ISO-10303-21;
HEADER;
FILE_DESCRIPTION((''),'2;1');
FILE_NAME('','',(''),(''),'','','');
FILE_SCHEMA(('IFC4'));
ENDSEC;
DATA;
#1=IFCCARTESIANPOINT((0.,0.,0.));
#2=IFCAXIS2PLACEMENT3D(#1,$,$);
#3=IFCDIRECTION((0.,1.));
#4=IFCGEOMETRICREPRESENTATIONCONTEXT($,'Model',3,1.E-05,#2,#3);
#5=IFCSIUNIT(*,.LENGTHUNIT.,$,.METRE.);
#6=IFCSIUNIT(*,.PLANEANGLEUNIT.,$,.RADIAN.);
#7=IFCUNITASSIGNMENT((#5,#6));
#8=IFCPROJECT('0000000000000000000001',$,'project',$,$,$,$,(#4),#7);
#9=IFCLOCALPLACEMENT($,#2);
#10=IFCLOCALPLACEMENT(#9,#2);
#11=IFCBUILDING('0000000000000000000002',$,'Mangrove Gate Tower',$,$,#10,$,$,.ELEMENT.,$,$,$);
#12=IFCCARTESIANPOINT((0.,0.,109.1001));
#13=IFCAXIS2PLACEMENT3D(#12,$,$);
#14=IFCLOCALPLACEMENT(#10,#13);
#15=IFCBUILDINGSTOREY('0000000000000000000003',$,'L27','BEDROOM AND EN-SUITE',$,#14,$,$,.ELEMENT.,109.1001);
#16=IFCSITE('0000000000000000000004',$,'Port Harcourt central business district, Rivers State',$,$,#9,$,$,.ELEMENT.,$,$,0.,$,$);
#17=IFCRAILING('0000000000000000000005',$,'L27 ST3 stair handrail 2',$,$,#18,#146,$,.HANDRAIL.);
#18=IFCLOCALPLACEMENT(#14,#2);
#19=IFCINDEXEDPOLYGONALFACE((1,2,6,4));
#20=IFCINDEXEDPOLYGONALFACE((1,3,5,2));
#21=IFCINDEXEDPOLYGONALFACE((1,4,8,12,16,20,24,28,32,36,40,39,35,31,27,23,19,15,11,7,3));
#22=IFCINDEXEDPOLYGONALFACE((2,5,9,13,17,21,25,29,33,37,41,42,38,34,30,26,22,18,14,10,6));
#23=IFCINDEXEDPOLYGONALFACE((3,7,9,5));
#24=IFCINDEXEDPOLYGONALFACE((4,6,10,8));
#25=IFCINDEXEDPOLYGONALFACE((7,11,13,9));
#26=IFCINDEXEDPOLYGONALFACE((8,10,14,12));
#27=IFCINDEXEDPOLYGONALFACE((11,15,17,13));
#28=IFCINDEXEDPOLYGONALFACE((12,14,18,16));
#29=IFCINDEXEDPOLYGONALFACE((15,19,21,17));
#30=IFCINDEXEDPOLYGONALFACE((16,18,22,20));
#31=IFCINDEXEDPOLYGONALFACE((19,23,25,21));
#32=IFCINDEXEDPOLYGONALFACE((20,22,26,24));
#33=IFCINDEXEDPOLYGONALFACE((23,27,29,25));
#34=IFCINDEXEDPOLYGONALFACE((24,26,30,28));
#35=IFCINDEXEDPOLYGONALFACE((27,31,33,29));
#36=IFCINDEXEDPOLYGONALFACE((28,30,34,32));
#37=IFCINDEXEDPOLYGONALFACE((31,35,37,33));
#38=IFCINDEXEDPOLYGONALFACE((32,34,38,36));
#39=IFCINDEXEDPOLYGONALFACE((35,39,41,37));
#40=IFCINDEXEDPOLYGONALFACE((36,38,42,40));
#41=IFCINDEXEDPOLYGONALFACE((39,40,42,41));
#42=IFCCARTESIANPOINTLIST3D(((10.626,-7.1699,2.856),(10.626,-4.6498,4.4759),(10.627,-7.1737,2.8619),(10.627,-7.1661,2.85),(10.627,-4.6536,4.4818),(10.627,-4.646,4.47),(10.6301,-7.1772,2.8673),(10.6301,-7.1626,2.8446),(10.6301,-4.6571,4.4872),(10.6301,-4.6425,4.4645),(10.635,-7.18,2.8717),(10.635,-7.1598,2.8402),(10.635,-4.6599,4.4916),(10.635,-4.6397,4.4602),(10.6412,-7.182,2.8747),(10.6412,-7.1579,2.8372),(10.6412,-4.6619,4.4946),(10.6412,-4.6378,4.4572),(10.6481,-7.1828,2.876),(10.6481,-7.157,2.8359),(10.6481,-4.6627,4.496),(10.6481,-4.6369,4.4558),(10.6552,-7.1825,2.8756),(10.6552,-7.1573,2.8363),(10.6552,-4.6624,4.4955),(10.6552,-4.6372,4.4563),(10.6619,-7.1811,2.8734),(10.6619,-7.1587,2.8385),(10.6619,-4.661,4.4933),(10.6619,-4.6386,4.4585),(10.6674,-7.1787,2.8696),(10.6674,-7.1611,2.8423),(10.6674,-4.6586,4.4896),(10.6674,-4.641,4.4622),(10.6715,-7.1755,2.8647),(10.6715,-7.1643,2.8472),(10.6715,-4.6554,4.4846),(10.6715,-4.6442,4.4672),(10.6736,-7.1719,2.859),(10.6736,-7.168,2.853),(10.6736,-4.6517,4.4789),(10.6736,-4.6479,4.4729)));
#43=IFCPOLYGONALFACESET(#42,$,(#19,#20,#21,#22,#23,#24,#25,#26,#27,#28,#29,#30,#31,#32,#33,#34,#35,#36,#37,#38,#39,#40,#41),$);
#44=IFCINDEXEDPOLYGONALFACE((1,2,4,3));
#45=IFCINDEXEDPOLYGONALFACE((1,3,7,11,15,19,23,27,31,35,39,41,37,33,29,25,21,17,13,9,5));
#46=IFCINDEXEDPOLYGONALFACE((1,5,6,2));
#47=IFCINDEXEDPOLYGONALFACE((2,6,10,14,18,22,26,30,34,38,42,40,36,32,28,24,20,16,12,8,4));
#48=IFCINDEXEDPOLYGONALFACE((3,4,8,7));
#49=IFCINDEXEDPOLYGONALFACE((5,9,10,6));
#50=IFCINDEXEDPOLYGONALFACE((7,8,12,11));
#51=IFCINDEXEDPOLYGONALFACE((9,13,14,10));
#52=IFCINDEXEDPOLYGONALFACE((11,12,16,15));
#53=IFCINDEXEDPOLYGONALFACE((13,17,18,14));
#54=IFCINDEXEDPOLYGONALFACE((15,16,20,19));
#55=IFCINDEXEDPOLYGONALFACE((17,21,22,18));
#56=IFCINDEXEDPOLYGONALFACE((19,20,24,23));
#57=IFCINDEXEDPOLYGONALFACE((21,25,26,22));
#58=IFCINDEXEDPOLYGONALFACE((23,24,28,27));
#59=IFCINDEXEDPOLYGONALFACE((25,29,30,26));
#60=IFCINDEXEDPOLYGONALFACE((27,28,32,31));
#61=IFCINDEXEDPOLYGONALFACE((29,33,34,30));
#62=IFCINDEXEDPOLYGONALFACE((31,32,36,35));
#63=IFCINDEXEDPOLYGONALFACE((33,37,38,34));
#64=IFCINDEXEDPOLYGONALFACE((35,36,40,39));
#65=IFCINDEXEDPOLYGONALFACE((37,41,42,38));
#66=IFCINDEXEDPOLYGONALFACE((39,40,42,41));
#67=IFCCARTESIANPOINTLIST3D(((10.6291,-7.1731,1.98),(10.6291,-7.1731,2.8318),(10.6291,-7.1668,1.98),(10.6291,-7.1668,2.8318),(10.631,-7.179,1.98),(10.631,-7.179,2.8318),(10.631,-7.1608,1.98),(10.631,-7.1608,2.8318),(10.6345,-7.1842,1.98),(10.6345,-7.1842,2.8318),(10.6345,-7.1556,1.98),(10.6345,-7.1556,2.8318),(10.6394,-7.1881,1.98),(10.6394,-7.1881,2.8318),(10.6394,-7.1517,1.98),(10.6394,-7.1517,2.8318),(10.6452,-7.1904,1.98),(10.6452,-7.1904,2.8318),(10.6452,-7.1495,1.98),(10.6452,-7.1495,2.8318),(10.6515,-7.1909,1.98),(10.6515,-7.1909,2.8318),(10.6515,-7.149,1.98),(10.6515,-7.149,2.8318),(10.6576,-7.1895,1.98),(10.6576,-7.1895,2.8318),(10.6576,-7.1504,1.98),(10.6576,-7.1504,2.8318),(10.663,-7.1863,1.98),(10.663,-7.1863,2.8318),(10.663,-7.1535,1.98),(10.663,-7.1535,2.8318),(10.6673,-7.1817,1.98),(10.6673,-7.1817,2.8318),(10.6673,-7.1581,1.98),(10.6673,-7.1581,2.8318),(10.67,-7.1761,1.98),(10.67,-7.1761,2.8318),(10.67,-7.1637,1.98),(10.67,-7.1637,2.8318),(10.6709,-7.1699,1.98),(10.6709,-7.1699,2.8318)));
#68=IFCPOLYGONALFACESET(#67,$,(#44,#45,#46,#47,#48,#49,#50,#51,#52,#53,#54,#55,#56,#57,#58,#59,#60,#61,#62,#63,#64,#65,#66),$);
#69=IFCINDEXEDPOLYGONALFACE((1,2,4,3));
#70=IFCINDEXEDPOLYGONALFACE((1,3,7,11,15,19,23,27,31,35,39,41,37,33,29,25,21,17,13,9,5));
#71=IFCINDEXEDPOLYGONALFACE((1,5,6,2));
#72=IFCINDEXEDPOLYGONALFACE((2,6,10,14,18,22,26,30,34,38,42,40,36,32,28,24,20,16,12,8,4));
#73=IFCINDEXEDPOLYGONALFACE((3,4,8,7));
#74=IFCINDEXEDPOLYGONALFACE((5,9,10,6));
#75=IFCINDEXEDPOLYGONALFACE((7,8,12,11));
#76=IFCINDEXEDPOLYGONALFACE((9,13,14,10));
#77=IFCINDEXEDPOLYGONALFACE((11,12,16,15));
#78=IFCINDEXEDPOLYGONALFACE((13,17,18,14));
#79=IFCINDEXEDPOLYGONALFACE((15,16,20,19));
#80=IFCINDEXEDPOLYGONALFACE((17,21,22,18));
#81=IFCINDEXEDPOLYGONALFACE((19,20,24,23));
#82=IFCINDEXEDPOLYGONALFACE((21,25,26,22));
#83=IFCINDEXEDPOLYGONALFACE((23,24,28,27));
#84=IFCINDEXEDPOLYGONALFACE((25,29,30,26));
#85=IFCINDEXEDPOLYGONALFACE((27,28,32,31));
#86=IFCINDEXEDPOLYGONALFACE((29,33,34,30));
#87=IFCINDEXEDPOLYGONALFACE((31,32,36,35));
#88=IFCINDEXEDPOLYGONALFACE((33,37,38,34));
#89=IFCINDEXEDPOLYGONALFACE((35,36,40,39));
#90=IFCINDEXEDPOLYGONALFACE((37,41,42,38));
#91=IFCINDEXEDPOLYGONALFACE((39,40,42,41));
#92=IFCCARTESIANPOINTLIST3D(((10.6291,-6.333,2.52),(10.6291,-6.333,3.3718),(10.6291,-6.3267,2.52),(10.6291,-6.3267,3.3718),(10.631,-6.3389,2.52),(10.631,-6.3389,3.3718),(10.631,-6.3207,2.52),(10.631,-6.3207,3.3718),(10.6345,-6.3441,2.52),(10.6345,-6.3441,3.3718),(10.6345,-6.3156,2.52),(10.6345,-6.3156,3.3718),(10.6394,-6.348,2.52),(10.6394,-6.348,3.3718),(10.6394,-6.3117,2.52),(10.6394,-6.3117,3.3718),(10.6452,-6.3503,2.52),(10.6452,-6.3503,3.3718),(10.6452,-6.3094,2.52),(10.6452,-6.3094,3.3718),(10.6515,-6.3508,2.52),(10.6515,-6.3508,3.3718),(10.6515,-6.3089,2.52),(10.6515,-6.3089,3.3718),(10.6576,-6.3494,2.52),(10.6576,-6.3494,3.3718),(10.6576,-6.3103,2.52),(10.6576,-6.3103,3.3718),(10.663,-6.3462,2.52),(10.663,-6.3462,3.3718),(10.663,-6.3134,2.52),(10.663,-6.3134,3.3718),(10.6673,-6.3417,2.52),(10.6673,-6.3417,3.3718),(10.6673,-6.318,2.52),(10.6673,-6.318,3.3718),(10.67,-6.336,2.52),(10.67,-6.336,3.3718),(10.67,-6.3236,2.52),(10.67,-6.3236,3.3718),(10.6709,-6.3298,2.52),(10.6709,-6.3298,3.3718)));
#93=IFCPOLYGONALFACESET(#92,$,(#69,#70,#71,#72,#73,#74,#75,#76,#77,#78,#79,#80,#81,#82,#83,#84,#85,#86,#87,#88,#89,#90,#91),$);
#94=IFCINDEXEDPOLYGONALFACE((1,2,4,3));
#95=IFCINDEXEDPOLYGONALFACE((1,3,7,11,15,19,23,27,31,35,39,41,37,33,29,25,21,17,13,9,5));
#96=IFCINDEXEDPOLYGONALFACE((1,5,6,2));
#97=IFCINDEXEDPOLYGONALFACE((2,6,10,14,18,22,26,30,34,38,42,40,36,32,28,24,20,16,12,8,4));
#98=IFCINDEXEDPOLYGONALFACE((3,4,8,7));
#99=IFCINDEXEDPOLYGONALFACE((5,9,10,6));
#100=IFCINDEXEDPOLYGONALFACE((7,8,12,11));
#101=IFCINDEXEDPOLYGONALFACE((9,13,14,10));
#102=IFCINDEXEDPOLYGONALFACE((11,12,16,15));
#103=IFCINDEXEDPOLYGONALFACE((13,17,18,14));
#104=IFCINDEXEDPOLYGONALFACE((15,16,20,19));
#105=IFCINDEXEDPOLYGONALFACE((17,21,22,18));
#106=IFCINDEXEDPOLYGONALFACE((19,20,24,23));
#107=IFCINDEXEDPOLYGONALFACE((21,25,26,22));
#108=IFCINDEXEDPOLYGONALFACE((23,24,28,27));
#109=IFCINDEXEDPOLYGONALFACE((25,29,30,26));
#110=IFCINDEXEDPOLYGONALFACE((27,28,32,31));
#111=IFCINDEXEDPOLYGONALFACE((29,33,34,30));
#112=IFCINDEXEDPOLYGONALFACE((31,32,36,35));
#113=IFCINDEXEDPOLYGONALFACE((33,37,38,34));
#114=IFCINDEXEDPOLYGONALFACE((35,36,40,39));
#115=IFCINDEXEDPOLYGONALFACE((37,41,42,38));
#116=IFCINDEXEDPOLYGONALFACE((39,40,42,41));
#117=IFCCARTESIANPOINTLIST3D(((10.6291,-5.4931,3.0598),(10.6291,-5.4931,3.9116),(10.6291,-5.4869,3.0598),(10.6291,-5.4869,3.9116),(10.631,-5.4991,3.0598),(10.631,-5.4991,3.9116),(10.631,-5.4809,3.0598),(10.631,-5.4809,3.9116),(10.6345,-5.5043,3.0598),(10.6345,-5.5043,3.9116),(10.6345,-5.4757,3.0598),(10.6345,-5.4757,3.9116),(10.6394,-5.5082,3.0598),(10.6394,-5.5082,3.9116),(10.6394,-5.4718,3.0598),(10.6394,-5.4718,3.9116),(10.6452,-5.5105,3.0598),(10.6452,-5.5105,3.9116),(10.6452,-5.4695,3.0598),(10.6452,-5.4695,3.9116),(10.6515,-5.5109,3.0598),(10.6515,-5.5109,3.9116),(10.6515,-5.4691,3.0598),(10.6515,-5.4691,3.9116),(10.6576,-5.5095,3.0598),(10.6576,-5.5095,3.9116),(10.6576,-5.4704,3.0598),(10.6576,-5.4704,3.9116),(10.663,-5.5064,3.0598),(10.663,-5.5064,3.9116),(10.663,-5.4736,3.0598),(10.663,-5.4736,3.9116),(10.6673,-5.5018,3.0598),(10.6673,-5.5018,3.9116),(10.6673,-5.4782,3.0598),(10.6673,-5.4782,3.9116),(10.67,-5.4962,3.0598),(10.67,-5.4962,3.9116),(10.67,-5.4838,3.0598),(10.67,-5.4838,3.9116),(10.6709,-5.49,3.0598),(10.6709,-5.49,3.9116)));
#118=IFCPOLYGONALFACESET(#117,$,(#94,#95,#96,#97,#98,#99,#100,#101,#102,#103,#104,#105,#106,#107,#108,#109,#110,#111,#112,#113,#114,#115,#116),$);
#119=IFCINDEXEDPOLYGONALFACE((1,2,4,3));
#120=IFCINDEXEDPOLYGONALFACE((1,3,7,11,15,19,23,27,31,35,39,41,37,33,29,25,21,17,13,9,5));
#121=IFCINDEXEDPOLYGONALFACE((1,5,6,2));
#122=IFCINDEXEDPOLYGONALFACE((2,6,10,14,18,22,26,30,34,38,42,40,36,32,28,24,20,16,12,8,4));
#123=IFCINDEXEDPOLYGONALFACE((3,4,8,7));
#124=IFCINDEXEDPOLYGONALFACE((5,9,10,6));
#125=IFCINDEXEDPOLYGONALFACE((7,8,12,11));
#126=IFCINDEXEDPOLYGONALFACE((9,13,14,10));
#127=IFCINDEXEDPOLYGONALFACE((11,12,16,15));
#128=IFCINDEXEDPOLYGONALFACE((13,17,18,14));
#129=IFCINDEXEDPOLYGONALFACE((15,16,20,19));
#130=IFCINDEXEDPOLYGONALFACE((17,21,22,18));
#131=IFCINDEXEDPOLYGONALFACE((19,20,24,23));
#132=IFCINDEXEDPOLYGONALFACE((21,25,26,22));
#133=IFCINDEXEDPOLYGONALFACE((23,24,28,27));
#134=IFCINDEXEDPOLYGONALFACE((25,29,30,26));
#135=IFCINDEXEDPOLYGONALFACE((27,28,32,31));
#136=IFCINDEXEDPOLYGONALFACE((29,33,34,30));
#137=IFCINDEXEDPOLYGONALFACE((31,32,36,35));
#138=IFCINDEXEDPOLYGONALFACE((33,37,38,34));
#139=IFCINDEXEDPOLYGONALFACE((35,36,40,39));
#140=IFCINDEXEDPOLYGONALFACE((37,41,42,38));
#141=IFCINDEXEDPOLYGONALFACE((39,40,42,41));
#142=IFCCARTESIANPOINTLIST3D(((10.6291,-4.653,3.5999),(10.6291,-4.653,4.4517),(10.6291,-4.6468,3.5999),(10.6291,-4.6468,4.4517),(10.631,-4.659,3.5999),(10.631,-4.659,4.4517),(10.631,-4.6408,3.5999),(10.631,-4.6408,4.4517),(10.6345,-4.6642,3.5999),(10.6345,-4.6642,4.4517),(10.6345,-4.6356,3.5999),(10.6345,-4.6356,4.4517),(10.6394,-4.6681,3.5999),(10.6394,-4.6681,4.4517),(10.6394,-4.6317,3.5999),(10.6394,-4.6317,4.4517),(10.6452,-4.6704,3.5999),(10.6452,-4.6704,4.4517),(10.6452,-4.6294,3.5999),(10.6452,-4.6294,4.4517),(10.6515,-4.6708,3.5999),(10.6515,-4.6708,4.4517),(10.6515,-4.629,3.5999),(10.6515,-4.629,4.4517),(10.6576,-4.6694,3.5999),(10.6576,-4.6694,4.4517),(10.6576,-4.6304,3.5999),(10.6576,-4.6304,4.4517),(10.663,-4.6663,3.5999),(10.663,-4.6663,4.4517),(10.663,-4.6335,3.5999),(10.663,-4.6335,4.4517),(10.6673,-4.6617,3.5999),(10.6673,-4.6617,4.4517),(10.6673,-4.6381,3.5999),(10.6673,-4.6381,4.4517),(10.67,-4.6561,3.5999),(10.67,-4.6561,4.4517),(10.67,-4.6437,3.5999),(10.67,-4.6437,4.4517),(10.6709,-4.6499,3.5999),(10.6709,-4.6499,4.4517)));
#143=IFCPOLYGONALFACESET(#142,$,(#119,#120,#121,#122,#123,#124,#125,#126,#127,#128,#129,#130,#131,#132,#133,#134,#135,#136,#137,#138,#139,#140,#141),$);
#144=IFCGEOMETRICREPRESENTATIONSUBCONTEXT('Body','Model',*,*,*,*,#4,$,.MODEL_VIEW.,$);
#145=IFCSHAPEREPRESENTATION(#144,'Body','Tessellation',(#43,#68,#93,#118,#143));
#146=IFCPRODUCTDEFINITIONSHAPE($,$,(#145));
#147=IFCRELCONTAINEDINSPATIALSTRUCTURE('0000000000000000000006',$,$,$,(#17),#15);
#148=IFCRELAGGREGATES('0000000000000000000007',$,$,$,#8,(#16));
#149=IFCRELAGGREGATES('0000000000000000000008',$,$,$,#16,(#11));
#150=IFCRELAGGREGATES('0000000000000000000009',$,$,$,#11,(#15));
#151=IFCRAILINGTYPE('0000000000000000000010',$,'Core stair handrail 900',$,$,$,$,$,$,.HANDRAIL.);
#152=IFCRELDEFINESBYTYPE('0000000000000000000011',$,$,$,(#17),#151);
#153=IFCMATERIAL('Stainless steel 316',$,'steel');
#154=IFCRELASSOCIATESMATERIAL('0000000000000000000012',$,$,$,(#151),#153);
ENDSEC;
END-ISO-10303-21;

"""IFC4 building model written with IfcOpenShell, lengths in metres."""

from ifc_helpers import new_model, si_unit, direction, frame, origin, origin_2d, place, context, subcontext, project, spatial, circle, extrude, material, type_object, element, save


model = new_model("IFC4")

# Units and contexts
model_context = context("Model", 3, precision=1e-05, world=origin(), true_north=direction((0.0, 1.0)))
body_context = subcontext(model_context, "Body", "Model", "MODEL_VIEW")
ifc_project = project(units=[si_unit("LENGTHUNIT", "METRE"), si_unit("PLANEANGLEUNIT", "RADIAN")], contexts=[model_context])

# Site, building, storey
site_placement = place(None, origin())
site = spatial("IfcSite", under=ifc_project, at=site_placement, Name="Port Harcourt central business district, Rivers State", CompositionType="ELEMENT", RefElevation=0.0)
building_placement = place(site_placement, origin())
building = spatial("IfcBuilding", under=site, at=building_placement, Name="Mangrove Gate Tower", CompositionType="ELEMENT")
storey_placement = place(building_placement, frame((0.0, 0.0, 109.1001)))
storey = spatial("IfcBuildingStorey", under=building, at=storey_placement, Name="L27", Description="BEDROOM AND EN-SUITE", CompositionType="ELEMENT", Elevation=109.1001)

# Railing
ifc_material_1 = material(Name="Stainless steel 316", Category="steel")
railing_type_1 = type_object("IfcRailingType", Name="Core stair handrail 900", PredefinedType="HANDRAIL", material=ifc_material_1)
railing_1_placement = place(storey_placement, frame((10.6499, -7.1699, 1.98)))
element("IfcRailing", 1, at=railing_1_placement, inside=storey, type_object=railing_type_1, Name="L27 ST3 stair handrail 2", PredefinedType="HANDRAIL", context=body_context, shape_type="SweptSolid", body=[
    extrude(circle(Radius=0.0239, at=origin_2d()), frame((0.0, 0.0, 0.876), z_axis=(0.0, 0.8412, 0.540725), x_axis=(-1.0, 0.0, 0.0)), (0.0, 0.0, 1.0), 2.9958),
    extrude(circle(Radius=0.021, at=origin_2d()), origin(), (0.0, 0.0, 1.0), 0.8518),
    extrude(circle(Radius=0.021, at=origin_2d()), frame((0.0, 0.8401, 0.54)), (0.0, 0.0, 1.0), 0.8518),
    extrude(circle(Radius=0.021, at=origin_2d()), frame((0.0, 1.6799, 1.0798)), (0.0, 0.0, 1.0), 0.8518),
    extrude(circle(Radius=0.021, at=origin_2d()), frame((0.0, 2.52, 1.6199)), (0.0, 0.0, 1.0), 0.8518),
])

save(model, "model.ifc")
